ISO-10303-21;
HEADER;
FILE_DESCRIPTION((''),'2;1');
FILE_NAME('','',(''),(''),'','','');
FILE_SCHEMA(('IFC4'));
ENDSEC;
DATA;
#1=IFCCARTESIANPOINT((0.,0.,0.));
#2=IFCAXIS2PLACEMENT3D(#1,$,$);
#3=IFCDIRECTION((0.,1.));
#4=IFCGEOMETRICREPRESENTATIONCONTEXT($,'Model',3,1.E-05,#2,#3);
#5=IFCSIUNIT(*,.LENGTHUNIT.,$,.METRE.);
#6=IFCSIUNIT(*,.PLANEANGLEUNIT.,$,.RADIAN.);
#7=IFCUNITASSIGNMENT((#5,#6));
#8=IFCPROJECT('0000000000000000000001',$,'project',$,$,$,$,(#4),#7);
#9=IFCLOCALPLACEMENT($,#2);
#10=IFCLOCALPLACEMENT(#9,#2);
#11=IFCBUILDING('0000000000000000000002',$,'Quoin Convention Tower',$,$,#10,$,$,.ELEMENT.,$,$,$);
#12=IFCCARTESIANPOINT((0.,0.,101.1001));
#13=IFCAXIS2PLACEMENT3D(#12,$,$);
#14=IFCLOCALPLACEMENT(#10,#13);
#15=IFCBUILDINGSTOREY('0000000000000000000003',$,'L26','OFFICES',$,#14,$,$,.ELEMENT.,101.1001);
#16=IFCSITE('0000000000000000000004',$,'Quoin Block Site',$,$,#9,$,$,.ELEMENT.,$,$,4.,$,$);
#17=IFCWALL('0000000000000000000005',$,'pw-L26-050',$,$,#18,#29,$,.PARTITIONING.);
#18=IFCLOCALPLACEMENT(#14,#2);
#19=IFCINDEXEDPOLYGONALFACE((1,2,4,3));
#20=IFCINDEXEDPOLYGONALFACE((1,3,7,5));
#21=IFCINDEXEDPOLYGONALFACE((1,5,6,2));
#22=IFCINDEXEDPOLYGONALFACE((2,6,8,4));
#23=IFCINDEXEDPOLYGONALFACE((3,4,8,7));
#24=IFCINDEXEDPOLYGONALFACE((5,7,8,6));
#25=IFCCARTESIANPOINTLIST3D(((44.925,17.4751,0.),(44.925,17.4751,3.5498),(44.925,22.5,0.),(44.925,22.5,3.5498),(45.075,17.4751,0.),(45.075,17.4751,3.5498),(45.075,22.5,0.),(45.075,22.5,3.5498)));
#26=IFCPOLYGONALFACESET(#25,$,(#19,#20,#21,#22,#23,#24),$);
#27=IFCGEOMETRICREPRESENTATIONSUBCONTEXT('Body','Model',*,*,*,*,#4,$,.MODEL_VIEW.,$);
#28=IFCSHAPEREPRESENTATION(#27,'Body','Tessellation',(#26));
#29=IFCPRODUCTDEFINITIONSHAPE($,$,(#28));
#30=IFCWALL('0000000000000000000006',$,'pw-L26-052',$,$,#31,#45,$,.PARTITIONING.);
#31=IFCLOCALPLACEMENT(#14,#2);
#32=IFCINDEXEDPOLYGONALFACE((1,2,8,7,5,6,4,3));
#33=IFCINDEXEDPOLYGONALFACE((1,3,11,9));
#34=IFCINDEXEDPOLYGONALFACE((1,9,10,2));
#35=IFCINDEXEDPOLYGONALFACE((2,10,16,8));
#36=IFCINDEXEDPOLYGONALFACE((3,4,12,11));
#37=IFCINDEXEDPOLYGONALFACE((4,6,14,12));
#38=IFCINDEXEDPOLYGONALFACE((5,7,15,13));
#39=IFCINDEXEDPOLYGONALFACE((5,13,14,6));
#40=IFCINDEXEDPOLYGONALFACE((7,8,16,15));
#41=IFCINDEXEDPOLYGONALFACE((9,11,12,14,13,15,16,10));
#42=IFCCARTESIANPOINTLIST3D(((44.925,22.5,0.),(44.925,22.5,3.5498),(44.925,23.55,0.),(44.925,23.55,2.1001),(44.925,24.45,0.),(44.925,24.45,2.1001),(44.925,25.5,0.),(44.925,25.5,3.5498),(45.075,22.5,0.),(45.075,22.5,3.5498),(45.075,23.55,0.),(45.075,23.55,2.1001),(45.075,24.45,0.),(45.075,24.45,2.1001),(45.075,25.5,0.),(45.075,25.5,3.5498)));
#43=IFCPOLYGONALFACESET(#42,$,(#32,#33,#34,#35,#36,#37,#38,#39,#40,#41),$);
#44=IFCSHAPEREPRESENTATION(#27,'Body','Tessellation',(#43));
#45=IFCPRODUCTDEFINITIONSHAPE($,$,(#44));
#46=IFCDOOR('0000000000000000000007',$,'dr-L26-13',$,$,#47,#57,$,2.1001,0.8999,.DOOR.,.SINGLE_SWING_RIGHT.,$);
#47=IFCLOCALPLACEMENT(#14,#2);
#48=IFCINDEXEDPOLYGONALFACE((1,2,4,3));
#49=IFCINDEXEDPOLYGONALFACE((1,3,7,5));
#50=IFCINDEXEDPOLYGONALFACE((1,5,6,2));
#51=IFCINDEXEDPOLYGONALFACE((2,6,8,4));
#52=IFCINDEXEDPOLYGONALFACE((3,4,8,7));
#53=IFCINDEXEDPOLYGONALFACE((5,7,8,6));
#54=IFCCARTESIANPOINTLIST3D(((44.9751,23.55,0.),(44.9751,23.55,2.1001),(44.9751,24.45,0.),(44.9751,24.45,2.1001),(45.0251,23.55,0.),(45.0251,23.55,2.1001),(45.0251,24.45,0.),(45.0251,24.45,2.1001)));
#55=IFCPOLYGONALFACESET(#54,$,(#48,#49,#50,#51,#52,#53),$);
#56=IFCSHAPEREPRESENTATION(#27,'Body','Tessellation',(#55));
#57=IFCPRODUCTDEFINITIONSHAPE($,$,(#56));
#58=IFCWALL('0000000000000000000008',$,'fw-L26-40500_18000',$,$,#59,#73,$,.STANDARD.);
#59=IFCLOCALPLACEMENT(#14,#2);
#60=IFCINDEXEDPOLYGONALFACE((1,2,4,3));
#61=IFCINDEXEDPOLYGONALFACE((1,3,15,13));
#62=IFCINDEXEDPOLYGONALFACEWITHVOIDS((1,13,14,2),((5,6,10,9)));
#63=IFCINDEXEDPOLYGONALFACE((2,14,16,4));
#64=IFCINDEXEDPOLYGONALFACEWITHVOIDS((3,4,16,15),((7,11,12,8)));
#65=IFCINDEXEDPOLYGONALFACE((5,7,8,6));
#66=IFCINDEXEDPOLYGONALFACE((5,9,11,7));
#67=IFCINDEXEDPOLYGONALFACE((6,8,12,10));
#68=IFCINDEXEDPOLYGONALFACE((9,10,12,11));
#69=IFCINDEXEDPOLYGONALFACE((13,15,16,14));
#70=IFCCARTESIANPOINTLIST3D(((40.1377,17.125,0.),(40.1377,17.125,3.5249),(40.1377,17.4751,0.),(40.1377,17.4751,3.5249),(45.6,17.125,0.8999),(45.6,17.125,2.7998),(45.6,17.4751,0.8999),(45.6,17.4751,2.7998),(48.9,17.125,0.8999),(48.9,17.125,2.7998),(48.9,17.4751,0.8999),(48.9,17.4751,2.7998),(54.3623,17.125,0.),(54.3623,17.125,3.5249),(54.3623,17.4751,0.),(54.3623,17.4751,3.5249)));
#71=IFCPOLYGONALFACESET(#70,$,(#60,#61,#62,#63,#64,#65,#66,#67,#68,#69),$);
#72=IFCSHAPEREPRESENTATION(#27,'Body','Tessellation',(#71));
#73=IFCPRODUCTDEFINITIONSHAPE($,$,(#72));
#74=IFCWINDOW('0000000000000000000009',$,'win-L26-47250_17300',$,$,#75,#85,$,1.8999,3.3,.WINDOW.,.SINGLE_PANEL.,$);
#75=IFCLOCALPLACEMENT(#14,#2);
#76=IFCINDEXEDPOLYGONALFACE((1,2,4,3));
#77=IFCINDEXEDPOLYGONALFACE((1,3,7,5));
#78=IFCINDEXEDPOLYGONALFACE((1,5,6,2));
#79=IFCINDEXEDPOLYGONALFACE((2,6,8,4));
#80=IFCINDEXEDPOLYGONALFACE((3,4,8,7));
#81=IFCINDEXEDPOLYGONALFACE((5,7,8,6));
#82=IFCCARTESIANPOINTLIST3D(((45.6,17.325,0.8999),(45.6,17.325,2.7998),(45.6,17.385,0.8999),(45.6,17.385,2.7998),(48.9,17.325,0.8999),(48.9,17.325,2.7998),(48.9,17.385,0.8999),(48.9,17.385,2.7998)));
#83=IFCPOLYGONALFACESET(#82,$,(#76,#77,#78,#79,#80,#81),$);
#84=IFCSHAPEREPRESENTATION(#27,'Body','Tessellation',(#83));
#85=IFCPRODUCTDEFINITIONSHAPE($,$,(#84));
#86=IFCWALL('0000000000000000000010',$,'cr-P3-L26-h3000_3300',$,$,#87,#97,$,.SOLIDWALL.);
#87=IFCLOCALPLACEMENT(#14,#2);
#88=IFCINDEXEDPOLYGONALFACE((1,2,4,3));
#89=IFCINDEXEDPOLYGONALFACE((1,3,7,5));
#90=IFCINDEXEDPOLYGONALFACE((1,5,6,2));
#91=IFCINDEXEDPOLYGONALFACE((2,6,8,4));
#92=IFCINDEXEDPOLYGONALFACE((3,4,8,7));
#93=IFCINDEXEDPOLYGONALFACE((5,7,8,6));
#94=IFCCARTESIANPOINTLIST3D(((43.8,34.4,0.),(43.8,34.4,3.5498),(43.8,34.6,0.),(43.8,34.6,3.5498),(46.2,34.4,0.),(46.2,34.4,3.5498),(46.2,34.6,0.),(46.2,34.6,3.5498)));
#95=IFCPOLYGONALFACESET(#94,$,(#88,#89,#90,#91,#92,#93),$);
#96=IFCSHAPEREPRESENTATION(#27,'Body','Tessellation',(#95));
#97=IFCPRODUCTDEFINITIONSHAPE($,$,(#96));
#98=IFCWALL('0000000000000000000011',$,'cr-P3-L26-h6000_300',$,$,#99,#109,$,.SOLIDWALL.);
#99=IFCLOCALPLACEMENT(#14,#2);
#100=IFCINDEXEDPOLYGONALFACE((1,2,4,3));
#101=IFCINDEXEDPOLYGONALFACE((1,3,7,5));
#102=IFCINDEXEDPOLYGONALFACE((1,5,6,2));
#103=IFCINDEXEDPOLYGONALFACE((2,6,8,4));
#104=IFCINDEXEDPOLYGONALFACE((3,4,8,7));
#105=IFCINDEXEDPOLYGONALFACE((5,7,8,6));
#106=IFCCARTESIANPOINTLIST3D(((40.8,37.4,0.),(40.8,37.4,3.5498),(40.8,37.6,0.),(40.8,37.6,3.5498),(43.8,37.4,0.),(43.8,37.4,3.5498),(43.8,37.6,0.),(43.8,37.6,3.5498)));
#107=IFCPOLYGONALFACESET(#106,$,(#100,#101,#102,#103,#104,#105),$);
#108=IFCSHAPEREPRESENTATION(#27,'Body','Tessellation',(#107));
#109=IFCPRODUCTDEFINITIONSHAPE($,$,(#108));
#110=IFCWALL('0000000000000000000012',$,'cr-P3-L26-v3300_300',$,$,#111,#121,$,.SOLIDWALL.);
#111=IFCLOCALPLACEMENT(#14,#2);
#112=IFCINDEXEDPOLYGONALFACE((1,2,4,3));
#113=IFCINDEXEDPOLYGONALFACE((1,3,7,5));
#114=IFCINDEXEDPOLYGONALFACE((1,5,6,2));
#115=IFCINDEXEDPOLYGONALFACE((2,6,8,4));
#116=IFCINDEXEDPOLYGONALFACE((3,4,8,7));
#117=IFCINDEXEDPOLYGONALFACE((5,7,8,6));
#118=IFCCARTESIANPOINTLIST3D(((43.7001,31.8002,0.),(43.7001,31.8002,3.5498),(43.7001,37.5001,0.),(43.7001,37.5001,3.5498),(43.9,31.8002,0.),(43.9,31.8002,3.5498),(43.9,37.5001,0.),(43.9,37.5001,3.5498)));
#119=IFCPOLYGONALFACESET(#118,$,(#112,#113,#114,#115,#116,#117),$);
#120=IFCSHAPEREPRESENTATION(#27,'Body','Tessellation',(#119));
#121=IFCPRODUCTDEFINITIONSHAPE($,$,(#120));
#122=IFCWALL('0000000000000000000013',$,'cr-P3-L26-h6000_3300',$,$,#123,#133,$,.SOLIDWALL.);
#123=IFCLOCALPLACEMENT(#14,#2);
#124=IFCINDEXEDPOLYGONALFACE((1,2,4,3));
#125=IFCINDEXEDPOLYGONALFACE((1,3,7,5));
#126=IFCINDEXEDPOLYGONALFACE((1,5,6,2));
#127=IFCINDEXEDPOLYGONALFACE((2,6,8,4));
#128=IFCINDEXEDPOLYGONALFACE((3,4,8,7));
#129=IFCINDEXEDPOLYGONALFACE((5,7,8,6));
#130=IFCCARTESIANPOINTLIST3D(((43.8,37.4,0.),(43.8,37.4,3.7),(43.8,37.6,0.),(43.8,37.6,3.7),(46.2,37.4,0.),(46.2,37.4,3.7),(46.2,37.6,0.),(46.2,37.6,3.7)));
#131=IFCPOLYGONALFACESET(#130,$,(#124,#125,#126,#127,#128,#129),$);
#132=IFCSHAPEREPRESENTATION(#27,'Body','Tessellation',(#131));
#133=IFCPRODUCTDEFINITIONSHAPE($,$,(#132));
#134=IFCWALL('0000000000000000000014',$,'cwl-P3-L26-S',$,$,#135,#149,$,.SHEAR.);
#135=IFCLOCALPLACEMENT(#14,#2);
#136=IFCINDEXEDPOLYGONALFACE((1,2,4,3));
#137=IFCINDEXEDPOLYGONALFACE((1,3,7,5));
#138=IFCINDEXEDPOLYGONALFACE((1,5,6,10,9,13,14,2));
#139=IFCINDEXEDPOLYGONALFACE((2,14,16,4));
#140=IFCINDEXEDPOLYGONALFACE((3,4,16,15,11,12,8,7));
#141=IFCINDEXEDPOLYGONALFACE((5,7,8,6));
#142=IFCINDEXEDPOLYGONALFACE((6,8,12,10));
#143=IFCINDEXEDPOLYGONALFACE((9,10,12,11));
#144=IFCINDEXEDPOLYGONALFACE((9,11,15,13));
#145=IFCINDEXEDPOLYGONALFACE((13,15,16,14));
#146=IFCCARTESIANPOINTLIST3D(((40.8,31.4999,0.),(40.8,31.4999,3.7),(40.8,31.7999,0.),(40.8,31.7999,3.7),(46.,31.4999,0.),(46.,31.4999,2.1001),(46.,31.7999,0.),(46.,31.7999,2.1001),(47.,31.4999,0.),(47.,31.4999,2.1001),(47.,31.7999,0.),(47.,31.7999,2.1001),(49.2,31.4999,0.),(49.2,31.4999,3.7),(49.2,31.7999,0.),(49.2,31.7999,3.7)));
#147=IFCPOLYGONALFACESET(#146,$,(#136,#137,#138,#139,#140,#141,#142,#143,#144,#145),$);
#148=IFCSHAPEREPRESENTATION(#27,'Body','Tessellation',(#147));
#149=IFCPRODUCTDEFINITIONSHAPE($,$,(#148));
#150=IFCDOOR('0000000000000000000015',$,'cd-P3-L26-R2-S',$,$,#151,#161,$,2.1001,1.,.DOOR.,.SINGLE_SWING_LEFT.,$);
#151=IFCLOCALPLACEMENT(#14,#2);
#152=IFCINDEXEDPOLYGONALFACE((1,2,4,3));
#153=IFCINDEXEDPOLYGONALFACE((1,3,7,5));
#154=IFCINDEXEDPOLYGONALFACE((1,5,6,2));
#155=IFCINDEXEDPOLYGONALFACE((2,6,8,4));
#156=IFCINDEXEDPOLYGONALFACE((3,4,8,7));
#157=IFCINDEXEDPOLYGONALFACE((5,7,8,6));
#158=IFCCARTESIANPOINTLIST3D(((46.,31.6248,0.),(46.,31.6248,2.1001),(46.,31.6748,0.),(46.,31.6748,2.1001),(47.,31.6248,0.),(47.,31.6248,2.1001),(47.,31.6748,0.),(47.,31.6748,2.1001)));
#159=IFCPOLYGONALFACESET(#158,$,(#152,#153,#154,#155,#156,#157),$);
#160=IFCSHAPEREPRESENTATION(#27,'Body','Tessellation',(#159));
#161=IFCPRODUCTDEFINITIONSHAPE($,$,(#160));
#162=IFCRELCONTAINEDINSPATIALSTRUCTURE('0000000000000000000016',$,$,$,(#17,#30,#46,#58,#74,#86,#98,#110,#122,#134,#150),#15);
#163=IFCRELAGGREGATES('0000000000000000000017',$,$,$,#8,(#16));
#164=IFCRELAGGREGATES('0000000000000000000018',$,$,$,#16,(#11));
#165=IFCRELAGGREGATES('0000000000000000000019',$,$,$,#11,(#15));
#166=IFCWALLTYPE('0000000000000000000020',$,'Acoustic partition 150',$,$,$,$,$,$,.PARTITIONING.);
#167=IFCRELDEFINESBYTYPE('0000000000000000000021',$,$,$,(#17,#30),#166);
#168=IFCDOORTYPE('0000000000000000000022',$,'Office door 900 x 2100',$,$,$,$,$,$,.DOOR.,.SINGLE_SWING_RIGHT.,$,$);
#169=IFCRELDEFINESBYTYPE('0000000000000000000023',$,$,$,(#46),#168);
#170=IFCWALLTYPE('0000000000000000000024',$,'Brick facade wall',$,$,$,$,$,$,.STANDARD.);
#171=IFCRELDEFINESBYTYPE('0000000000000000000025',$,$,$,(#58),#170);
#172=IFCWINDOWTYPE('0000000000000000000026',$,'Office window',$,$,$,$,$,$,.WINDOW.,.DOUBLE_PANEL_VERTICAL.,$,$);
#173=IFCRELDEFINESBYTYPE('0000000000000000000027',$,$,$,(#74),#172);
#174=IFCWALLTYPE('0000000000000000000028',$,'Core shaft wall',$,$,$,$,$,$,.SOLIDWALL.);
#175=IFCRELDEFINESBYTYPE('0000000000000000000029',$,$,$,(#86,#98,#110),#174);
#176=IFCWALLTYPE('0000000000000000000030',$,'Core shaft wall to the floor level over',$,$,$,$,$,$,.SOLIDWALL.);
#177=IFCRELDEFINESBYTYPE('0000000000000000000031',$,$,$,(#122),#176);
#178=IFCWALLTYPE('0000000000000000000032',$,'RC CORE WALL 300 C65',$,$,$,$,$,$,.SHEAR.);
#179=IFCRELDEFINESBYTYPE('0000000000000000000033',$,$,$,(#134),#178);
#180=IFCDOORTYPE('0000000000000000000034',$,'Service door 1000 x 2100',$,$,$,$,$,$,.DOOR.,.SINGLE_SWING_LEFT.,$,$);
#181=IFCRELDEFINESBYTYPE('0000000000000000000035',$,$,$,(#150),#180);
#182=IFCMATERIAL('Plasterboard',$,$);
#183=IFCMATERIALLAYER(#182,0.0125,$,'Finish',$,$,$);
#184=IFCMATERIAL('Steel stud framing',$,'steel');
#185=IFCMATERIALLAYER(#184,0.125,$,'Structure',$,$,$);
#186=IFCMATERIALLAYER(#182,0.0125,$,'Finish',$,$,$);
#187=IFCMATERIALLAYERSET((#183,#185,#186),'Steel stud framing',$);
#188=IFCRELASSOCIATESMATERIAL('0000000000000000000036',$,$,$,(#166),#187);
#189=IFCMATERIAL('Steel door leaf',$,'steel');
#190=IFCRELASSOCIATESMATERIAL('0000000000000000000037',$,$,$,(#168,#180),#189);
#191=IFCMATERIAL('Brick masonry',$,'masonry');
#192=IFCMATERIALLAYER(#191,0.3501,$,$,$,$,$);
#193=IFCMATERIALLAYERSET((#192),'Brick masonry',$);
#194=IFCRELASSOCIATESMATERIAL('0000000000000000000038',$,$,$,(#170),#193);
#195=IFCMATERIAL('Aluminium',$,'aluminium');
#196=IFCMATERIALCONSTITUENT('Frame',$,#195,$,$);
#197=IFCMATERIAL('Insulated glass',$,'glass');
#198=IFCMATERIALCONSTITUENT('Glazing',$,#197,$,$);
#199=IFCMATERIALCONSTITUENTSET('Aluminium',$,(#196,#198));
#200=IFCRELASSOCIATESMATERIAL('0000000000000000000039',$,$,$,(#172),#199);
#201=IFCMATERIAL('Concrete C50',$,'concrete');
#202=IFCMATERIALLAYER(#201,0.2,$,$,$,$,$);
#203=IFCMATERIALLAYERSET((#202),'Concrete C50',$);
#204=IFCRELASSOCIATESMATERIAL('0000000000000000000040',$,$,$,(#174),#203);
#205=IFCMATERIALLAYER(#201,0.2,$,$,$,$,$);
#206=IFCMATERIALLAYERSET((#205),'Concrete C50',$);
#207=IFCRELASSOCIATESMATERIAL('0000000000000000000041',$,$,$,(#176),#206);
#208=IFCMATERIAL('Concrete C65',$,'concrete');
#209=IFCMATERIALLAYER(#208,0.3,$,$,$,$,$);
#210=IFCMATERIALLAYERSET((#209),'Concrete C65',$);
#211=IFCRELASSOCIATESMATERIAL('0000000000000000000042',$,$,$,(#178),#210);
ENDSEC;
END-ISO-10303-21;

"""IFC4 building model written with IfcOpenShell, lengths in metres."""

from ifc_helpers import new_model, si_unit, direction, frame, frame_2d, origin, place, context, subcontext, project, spatial, rectangle, extrude, material, layer, layer_set, constituent, constituent_set, type_object, element, fill, save


model = new_model("IFC4")

# Units and contexts
model_context = context("Model", 3, precision=1e-05, world=origin(), true_north=direction((0.0, 1.0)))
body_context = subcontext(model_context, "Body", "Model", "MODEL_VIEW")
ifc_project = project(units=[si_unit("LENGTHUNIT", "METRE"), si_unit("PLANEANGLEUNIT", "RADIAN")], contexts=[model_context])

# Site, building, storey
site_placement = place(None, origin())
site = spatial("IfcSite", under=ifc_project, at=site_placement, Name="Quoin Block Site", CompositionType="ELEMENT", RefElevation=4.0)
building_placement = place(site_placement, origin())
building = spatial("IfcBuilding", under=site, at=building_placement, Name="Quoin Convention Tower", CompositionType="ELEMENT")
storey_placement = place(building_placement, frame((0.0, 0.0, 101.1001)))
storey = spatial("IfcBuildingStorey", under=building, at=storey_placement, Name="L26", Description="OFFICES", CompositionType="ELEMENT", Elevation=101.1001)

# Shared definitions
ifc_material_1 = material(Name="Concrete C65", Category="concrete")

# Wall
ifc_material_2 = material(Name="Plasterboard")
ifc_layer_1 = layer(ifc_material_2, 0.0125, Name="Finish")
ifc_material_3 = material(Name="Steel stud framing", Category="steel")
ifc_layer_2 = layer(ifc_material_3, 0.125, Name="Structure")
ifc_layer_3 = layer(ifc_material_2, 0.0125, Name="Finish")
ifc_layer_set_1 = layer_set([ifc_layer_1, ifc_layer_2, ifc_layer_3], Name="Steel stud framing")
wall_type_1 = type_object("IfcWallType", Name="Acoustic partition 150", PredefinedType="PARTITIONING", material=ifc_layer_set_1)
wall_1_placement = place(storey_placement, frame((45.0, 17.4751, 0.0), z_axis=(0.0, 0.0, 1.0), x_axis=(0.0, 1.0, 0.0)))
element("IfcWall", 1, at=wall_1_placement, inside=storey, type_object=wall_type_1, Name="pw-L26-050", PredefinedType="PARTITIONING", context=body_context, shape_type="SweptSolid", body=[
    extrude(rectangle(XDim=5.0249, YDim=0.1499, at=frame_2d((2.5125, 0.0))), origin(), (0.0, 0.0, 1.0), 3.5498),
])

# Wall, opening, door
wall_2_placement = place(storey_placement, frame((45.0, 22.5, 0.0), z_axis=(0.0, 0.0, 1.0), x_axis=(0.0, 1.0, 0.0)))
wall_2 = element("IfcWall", 2, at=wall_2_placement, inside=storey, type_object=wall_type_1, Name="pw-L26-052", PredefinedType="PARTITIONING", context=body_context, shape_type="SweptSolid", body=[
    extrude(rectangle(XDim=3.0, YDim=0.1499, at=frame_2d((1.5, 0.0))), origin(), (0.0, 0.0, 1.0), 3.5498),
])
opening_1_placement = place(wall_2_placement, frame((1.05, 0.0, 0.0)))
opening_1 = element("IfcOpeningElement", 3, at=opening_1_placement, cuts=wall_2, PredefinedType="OPENING", context=body_context, shape_type="SweptSolid", body=[
    extrude(rectangle(XDim=0.8999, YDim=2.1001, at=frame_2d((0.45, 1.05))), frame((0.0, 0.085, 0.0), z_axis=(0.0, -1.0, 0.0), x_axis=(1.0, 0.0, 0.0)), (0.0, 0.0, 1.0), 0.1699),
])
ifc_material_4 = material(Name="Steel door leaf", Category="steel")
door_type_1 = type_object("IfcDoorType", Name="Office door 900 x 2100", OperationType="SINGLE_SWING_RIGHT", PredefinedType="DOOR", material=ifc_material_4)
door_1_placement = place(opening_1_placement, origin())
door_1 = element("IfcDoor", 4, at=door_1_placement, inside=storey, type_object=door_type_1, Name="dr-L26-13", OperationType="SINGLE_SWING_RIGHT", OverallHeight=2.1001, OverallWidth=0.8999, PredefinedType="DOOR", context=body_context, shape_type="SweptSolid", body=[
    extrude(rectangle(XDim=0.8999, YDim=2.1001, at=frame_2d((0.45, 1.05))), frame((0.0, 0.0249, 0.0), z_axis=(0.0, -1.0, 0.0), x_axis=(1.0, 0.0, 0.0)), (0.0, 0.0, 1.0), 0.05),
])
fill(opening_1, door_1)

# Wall, opening, window
ifc_material_5 = material(Name="Brick masonry", Category="masonry")
ifc_layer_4 = layer(ifc_material_5, 0.3501)
ifc_layer_set_2 = layer_set([ifc_layer_4], Name="Brick masonry")
wall_type_2 = type_object("IfcWallType", Name="Brick facade wall", PredefinedType="STANDARD", material=ifc_layer_set_2)
wall_3_placement = place(storey_placement, frame((40.1377, 17.3, 0.0), z_axis=(0.0, 0.0, 1.0), x_axis=(1.0, 0.0, 0.0)))
wall_3 = element("IfcWall", 5, at=wall_3_placement, inside=storey, type_object=wall_type_2, Name="fw-L26-40500_18000", PredefinedType="STANDARD", context=body_context, shape_type="SweptSolid", body=[
    extrude(rectangle(XDim=14.2246, YDim=0.3501, at=frame_2d((7.1123, 0.0))), origin(), (0.0, 0.0, 1.0), 3.5249),
])
opening_2_placement = place(wall_3_placement, frame((5.4624, 0.0, 0.8999)))
opening_2 = element("IfcOpeningElement", 6, at=opening_2_placement, cuts=wall_3, PredefinedType="OPENING", context=body_context, shape_type="SweptSolid", body=[
    extrude(rectangle(XDim=3.3, YDim=1.8999, at=frame_2d((1.6499, 0.95))), frame((0.0, 0.1851, 0.0), z_axis=(0.0, -1.0, 0.0), x_axis=(1.0, 0.0, 0.0)), (0.0, 0.0, 1.0), 0.3701),
])
ifc_material_6 = material(Name="Aluminium", Category="aluminium")
ifc_constituent_1 = constituent(ifc_material_6, Name="Frame")
ifc_material_7 = material(Name="Insulated glass", Category="glass")
ifc_constituent_2 = constituent(ifc_material_7, Name="Glazing")
ifc_constituent_set = constituent_set(constituents=[ifc_constituent_1, ifc_constituent_2], Name="Aluminium")
window_type = type_object("IfcWindowType", Name="Office window", PartitioningType="DOUBLE_PANEL_VERTICAL", PredefinedType="WINDOW", material=ifc_constituent_set)
window_placement = place(opening_2_placement, origin())
window = element("IfcWindow", 7, at=window_placement, inside=storey, type_object=window_type, Name="win-L26-47250_17300", OverallHeight=1.8999, OverallWidth=3.3, PartitioningType="SINGLE_PANEL", PredefinedType="WINDOW", context=body_context, shape_type="SweptSolid", body=[
    extrude(rectangle(XDim=3.3, YDim=1.8999, at=frame_2d((1.6499, 0.95))), frame((0.0, 0.085, 0.0), z_axis=(0.0, -1.0, 0.0), x_axis=(1.0, 0.0, 0.0)), (0.0, 0.0, 1.0), 0.0601),
])
fill(opening_2, window)

# Walls
ifc_material_8 = material(Name="Concrete C50", Category="concrete")
ifc_layer_5 = layer(ifc_material_8, 0.2)
ifc_layer_set_3 = layer_set([ifc_layer_5], Name="Concrete C50")
wall_type_3 = type_object("IfcWallType", Name="Core shaft wall", PredefinedType="SOLIDWALL", material=ifc_layer_set_3)
wall_4_placement = place(storey_placement, frame((43.8, 34.5, 0.0), z_axis=(0.0, 0.0, 1.0), x_axis=(1.0, 0.0, 0.0)))
element("IfcWall", 8, at=wall_4_placement, inside=storey, type_object=wall_type_3, Name="cr-P3-L26-h3000_3300", PredefinedType="SOLIDWALL", context=body_context, shape_type="SweptSolid", body=[
    extrude(rectangle(XDim=2.3999, YDim=0.2, at=frame_2d((1.2, 0.0))), origin(), (0.0, 0.0, 1.0), 3.5498),
])
wall_5_placement = place(storey_placement, frame((40.8, 37.5, 0.0), z_axis=(0.0, 0.0, 1.0), x_axis=(1.0, 0.0, 0.0)))
element("IfcWall", 9, at=wall_5_placement, inside=storey, type_object=wall_type_3, Name="cr-P3-L26-h6000_300", PredefinedType="SOLIDWALL", context=body_context, shape_type="SweptSolid", body=[
    extrude(rectangle(XDim=3.0, YDim=0.2, at=frame_2d((1.5, 0.0))), origin(), (0.0, 0.0, 1.0), 3.5498),
])
wall_6_placement = place(storey_placement, frame((43.8, 31.8, 0.0), z_axis=(0.0, 0.0, 1.0), x_axis=(0.0, 1.0, 0.0)))
element("IfcWall", 10, at=wall_6_placement, inside=storey, type_object=wall_type_3, Name="cr-P3-L26-v3300_300", PredefinedType="SOLIDWALL", context=body_context, shape_type="SweptSolid", body=[
    extrude(rectangle(XDim=5.7, YDim=0.2, at=frame_2d((2.8501, 0.0))), origin(), (0.0, 0.0, 1.0), 3.5498),
])
ifc_layer_6 = layer(ifc_material_8, 0.2)
ifc_layer_set_4 = layer_set([ifc_layer_6], Name="Concrete C50")
wall_type_4 = type_object("IfcWallType", Name="Core shaft wall to the floor level over", PredefinedType="SOLIDWALL", material=ifc_layer_set_4)
wall_7_placement = place(storey_placement, frame((43.8, 37.5, 0.0), z_axis=(0.0, 0.0, 1.0), x_axis=(1.0, 0.0, 0.0)))
element("IfcWall", 11, at=wall_7_placement, inside=storey, type_object=wall_type_4, Name="cr-P3-L26-h6000_3300", PredefinedType="SOLIDWALL", context=body_context, shape_type="SweptSolid", body=[
    extrude(rectangle(XDim=2.3999, YDim=0.2, at=frame_2d((1.2, 0.0))), origin(), (0.0, 0.0, 1.0), 3.7),
])

# Wall, opening, door
ifc_layer_7 = layer(ifc_material_1, 0.3)
ifc_layer_set_5 = layer_set([ifc_layer_7], Name="Concrete C65")
wall_type_5 = type_object("IfcWallType", Name="RC CORE WALL 300 C65", PredefinedType="SHEAR", material=ifc_layer_set_5)
wall_8_placement = place(storey_placement, frame((40.8, 31.6499, 0.0), z_axis=(0.0, 0.0, 1.0), x_axis=(1.0, 0.0, 0.0)))
wall_8 = element("IfcWall", 12, at=wall_8_placement, inside=storey, type_object=wall_type_5, Name="cwl-P3-L26-S", PredefinedType="SHEAR", context=body_context, shape_type="SweptSolid", body=[
    extrude(rectangle(XDim=8.3999, YDim=0.3, at=frame_2d((4.2, 0.0))), origin(), (0.0, 0.0, 1.0), 3.7),
])
opening_3_placement = place(wall_8_placement, frame((5.2, 0.0, 0.0)))
opening_3 = element("IfcOpeningElement", 13, at=opening_3_placement, cuts=wall_8, PredefinedType="OPENING", context=body_context, shape_type="SweptSolid", body=[
    extrude(rectangle(XDim=1.0, YDim=2.1001, at=frame_2d((0.5, 1.05))), frame((0.0, 0.1599, 0.0), z_axis=(0.0, -1.0, 0.0), x_axis=(1.0, 0.0, 0.0)), (0.0, 0.0, 1.0), 0.3201),
])
door_type_2 = type_object("IfcDoorType", Name="Service door 1000 x 2100", OperationType="SINGLE_SWING_LEFT", PredefinedType="DOOR", material=ifc_material_4)
door_2_placement = place(opening_3_placement, origin())
door_2 = element("IfcDoor", 14, at=door_2_placement, inside=storey, type_object=door_type_2, Name="cd-P3-L26-R2-S", OperationType="SINGLE_SWING_LEFT", OverallHeight=2.1001, OverallWidth=1.0, PredefinedType="DOOR", context=body_context, shape_type="SweptSolid", body=[
    extrude(rectangle(XDim=1.0, YDim=2.1001, at=frame_2d((0.5, 1.05))), frame((0.0, 0.0249, 0.0), z_axis=(0.0, -1.0, 0.0), x_axis=(1.0, 0.0, 0.0)), (0.0, 0.0, 1.0), 0.05),
])
fill(opening_3, door_2)

save(model, "model.ifc")
